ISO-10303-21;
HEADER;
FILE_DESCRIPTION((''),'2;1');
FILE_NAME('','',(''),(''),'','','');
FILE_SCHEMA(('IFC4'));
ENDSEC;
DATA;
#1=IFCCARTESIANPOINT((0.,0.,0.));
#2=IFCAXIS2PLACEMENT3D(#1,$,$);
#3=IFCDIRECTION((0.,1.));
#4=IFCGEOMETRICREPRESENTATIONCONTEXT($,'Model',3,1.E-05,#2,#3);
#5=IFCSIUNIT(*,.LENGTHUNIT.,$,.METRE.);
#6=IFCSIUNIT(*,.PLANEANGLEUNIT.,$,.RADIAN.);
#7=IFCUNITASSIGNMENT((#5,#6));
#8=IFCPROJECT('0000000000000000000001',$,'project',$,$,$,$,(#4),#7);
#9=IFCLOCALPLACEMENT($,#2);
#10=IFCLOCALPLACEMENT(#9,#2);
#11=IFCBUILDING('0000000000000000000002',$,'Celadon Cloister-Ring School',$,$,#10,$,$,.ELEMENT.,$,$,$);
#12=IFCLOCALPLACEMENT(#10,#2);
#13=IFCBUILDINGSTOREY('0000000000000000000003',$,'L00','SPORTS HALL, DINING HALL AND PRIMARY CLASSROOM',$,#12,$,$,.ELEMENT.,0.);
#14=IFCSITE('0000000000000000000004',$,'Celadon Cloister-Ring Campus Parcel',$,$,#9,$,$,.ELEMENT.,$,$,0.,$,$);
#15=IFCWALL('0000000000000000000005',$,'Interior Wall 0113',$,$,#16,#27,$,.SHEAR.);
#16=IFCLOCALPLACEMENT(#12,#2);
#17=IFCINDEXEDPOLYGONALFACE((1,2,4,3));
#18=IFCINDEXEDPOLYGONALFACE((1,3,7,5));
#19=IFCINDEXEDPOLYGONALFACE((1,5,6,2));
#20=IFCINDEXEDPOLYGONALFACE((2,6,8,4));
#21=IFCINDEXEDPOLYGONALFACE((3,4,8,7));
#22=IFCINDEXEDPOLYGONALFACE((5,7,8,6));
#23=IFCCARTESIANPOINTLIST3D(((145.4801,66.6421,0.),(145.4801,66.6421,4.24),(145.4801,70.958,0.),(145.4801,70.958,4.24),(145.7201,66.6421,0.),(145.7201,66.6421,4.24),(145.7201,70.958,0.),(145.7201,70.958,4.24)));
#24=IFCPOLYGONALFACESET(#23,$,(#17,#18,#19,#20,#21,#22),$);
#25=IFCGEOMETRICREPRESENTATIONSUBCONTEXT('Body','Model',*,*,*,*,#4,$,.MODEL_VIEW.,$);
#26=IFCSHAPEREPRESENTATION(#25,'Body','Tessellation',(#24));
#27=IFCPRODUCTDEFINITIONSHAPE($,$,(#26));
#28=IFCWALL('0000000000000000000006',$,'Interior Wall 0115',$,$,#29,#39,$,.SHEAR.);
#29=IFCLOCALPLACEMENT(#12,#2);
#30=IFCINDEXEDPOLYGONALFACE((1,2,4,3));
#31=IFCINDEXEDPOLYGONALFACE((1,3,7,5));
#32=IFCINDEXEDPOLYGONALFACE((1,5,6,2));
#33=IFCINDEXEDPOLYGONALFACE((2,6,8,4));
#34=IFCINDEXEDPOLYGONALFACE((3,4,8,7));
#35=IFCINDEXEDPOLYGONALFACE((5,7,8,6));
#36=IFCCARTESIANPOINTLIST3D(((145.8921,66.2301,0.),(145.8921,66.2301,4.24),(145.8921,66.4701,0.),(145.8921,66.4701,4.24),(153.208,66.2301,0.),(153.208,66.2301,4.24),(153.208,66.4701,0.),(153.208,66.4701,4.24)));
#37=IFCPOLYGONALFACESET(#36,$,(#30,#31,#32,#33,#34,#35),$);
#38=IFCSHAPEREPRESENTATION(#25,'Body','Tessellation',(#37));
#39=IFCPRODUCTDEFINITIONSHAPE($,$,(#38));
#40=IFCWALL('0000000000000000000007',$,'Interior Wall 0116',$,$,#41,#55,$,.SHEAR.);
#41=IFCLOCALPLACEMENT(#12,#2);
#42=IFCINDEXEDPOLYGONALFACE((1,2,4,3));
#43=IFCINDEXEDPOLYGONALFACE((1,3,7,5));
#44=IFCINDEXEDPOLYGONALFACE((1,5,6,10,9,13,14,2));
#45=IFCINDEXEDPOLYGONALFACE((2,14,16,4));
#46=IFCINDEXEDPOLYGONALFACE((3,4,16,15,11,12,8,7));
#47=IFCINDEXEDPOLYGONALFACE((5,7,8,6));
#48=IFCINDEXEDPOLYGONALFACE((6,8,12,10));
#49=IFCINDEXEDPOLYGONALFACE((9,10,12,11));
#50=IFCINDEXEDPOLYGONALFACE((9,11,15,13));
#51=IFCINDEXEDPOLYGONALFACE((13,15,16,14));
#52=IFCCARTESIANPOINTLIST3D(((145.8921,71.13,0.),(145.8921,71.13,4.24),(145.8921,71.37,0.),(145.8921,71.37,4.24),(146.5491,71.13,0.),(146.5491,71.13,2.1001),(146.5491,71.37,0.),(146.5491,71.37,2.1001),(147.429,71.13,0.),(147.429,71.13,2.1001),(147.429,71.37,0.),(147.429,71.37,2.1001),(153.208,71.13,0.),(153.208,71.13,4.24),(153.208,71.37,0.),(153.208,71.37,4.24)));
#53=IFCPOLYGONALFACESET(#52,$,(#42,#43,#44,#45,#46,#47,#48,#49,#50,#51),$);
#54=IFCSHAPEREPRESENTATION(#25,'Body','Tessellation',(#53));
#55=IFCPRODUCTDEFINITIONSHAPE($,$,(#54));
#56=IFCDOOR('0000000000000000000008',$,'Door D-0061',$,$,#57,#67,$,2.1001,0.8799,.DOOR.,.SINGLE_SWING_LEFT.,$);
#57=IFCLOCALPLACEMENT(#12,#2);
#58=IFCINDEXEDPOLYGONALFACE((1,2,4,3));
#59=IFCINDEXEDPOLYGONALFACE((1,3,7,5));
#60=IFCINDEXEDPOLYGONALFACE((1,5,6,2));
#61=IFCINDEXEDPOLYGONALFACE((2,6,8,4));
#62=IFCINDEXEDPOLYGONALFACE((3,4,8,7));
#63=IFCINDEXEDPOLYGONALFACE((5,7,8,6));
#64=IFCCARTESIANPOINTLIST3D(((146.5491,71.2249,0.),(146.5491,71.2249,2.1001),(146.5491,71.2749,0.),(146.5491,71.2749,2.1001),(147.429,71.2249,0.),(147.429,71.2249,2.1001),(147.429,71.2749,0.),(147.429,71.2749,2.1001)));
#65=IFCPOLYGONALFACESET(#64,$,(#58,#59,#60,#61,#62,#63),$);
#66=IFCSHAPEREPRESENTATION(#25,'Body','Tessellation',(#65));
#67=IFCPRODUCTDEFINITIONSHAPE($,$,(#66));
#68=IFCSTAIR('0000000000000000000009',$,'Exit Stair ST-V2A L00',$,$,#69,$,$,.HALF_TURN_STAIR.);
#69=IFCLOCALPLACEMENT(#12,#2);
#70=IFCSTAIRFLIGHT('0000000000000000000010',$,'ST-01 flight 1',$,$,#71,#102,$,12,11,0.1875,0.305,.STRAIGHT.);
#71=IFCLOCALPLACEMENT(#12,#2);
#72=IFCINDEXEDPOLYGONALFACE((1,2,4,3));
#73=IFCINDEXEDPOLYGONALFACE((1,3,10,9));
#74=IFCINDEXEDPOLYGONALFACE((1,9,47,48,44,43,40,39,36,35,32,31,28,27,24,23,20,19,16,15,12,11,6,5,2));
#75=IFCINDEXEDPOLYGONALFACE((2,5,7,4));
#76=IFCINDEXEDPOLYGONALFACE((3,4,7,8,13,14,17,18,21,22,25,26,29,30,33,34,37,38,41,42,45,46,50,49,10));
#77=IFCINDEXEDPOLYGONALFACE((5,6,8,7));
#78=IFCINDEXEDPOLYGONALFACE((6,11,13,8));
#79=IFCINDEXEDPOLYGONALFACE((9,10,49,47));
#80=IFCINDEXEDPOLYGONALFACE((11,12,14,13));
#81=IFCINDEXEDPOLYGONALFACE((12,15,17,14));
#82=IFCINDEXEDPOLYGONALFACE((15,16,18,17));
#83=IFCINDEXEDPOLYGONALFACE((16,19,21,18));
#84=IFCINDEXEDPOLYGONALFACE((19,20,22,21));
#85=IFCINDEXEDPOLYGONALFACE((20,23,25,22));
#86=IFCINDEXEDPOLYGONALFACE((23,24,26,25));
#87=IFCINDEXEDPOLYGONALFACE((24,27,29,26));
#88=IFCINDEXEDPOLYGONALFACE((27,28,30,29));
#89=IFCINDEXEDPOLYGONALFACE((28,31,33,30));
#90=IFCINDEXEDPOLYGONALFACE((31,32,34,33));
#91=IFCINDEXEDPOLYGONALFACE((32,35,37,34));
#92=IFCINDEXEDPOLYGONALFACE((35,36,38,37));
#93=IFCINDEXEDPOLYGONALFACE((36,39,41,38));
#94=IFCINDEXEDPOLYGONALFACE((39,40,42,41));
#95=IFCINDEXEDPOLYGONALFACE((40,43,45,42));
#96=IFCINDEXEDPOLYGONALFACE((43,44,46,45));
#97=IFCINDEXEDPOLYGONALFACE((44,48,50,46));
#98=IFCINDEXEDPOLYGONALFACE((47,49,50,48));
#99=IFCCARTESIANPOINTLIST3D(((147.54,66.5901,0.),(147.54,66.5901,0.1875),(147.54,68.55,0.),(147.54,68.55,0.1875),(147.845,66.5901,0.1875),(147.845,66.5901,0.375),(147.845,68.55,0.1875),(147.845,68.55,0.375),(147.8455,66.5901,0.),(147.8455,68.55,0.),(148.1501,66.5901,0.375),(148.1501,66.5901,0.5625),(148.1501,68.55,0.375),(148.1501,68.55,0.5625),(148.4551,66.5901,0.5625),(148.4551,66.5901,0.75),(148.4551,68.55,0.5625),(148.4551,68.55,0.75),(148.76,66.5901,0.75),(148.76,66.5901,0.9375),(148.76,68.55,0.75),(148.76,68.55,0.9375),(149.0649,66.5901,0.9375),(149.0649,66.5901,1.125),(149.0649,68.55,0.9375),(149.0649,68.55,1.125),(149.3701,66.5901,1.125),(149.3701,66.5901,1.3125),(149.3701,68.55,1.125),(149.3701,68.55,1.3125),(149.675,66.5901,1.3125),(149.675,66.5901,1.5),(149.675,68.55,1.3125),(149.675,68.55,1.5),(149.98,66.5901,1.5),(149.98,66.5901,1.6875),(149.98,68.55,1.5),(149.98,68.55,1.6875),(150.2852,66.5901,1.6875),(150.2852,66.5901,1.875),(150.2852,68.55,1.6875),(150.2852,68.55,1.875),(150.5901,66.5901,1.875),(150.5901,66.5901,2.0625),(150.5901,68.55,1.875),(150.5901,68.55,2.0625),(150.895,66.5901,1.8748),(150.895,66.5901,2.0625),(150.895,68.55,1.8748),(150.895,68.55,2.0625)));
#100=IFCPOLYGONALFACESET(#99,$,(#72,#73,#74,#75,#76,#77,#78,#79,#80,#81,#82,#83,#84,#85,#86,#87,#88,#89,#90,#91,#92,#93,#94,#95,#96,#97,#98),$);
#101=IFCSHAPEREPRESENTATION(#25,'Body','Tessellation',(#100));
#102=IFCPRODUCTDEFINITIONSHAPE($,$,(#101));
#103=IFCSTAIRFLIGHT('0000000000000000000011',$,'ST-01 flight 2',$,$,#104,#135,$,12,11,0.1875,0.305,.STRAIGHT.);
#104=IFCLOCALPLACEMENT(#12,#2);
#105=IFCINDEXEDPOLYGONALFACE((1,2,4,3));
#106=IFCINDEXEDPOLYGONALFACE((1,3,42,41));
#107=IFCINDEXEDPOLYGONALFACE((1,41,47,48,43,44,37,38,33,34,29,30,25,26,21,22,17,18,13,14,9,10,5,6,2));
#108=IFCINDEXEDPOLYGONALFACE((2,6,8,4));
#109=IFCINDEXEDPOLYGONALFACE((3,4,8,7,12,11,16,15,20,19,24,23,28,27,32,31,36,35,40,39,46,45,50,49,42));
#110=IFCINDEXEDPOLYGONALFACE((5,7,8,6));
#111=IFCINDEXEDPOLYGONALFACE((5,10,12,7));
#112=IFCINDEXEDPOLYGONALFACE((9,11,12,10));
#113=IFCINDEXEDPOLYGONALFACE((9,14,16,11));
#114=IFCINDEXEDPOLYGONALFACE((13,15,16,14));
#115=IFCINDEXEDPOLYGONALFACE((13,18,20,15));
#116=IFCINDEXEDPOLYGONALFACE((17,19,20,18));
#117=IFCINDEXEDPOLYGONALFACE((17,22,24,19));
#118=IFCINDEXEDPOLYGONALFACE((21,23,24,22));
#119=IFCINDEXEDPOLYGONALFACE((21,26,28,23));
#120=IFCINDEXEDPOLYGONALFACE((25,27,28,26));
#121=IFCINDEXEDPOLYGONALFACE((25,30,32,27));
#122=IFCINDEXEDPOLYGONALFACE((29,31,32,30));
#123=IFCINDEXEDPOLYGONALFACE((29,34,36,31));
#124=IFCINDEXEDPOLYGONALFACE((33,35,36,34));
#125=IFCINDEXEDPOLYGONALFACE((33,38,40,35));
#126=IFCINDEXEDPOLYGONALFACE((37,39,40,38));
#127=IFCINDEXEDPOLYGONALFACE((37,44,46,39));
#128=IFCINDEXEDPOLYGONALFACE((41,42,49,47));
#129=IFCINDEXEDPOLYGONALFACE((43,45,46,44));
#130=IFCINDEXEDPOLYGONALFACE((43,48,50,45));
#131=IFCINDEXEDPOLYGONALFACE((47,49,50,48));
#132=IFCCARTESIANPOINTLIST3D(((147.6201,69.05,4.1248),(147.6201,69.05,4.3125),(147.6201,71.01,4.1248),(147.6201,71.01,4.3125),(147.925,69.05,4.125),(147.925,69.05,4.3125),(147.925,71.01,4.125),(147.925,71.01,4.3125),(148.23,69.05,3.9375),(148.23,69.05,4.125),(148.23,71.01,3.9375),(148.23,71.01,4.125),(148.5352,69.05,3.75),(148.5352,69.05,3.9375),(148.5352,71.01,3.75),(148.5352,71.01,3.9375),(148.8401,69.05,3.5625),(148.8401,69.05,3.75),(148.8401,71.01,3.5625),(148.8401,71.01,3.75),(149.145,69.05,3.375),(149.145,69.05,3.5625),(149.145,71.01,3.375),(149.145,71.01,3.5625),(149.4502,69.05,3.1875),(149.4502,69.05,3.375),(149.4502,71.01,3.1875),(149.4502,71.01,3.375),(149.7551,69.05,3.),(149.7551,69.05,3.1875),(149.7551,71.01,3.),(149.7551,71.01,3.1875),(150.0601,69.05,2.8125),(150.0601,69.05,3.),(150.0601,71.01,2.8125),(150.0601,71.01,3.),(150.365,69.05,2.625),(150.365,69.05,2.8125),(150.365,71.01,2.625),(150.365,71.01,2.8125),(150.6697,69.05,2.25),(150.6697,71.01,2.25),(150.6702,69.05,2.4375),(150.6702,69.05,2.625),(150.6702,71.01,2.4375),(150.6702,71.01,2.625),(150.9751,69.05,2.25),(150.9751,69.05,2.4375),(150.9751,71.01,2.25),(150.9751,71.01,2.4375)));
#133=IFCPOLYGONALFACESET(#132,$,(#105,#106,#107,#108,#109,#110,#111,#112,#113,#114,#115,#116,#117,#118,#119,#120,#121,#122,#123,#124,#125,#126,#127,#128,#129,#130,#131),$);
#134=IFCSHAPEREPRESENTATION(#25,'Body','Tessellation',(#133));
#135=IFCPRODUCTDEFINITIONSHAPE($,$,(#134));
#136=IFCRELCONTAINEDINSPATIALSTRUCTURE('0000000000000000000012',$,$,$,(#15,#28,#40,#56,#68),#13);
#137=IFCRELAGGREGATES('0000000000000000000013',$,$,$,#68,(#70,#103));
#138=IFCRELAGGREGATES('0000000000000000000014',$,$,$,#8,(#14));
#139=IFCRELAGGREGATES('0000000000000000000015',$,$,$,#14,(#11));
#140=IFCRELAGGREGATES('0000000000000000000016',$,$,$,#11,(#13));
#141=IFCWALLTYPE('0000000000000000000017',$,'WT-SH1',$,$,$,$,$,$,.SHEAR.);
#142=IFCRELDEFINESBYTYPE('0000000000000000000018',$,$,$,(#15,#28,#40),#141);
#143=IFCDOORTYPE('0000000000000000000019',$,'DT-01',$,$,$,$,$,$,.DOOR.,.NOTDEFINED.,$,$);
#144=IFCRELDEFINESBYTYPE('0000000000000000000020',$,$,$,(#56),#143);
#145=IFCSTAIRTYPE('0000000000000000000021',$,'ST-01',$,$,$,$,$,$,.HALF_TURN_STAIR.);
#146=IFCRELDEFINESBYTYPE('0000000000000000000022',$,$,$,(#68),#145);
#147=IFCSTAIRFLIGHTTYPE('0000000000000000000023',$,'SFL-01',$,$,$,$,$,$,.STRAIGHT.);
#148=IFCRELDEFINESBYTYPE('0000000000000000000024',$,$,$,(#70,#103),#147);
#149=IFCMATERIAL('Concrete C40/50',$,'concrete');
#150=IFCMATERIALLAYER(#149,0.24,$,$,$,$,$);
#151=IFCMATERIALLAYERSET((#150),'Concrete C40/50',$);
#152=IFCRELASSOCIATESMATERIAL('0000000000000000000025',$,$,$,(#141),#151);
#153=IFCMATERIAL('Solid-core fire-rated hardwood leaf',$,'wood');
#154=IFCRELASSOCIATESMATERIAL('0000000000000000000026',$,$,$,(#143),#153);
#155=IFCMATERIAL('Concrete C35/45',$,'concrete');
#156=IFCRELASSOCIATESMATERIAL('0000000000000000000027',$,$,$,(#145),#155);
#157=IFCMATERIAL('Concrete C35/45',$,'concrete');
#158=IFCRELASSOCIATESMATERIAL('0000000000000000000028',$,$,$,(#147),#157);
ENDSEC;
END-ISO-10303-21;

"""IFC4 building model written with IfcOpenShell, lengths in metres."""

from ifc_helpers import new_model, si_unit, direction, frame, frame_2d, origin, place, context, subcontext, project, spatial, polyline, rectangle, outline, extrude, material, layer, layer_set, type_object, element, fill, aggregate, save


model = new_model("IFC4")

# Units and contexts
model_context = context("Model", 3, precision=1e-05, world=origin(), true_north=direction((0.0, 1.0)))
body_context = subcontext(model_context, "Body", "Model", "MODEL_VIEW")
ifc_project = project(units=[si_unit("LENGTHUNIT", "METRE"), si_unit("PLANEANGLEUNIT", "RADIAN")], contexts=[model_context])

# Site, building, storey
site_placement = place(None, origin())
site = spatial("IfcSite", under=ifc_project, at=site_placement, Name="Celadon Cloister-Ring Campus Parcel", CompositionType="ELEMENT", RefElevation=0.0)
building_placement = place(site_placement, origin())
building = spatial("IfcBuilding", under=site, at=building_placement, Name="Celadon Cloister-Ring School", CompositionType="ELEMENT")
storey_placement = place(building_placement, origin())
storey = spatial("IfcBuildingStorey", under=building, at=storey_placement, Name="L00", Description="SPORTS HALL, DINING HALL AND PRIMARY CLASSROOM", CompositionType="ELEMENT", Elevation=0.0)

# Walls
ifc_material_1 = material(Name="Concrete C40/50", Category="concrete")
ifc_layer_1 = layer(ifc_material_1, 0.24)
ifc_layer_set_1 = layer_set([ifc_layer_1], Name="Concrete C40/50")
wall_type_1 = type_object("IfcWallType", Name="WT-SH1", PredefinedType="SHEAR", material=ifc_layer_set_1)
wall_1_placement = place(storey_placement, frame((145.6001, 66.6421, 0.0), z_axis=(0.0, 0.0, 1.0), x_axis=(0.0, 1.0, 0.0)))
element("IfcWall", 1, at=wall_1_placement, inside=storey, type_object=wall_type_1, Name="Interior Wall 0113", PredefinedType="SHEAR", context=body_context, shape_type="SweptSolid", body=[
    extrude(rectangle(XDim=4.3159, YDim=0.24, at=frame_2d((2.158, 0.0))), origin(), (0.0, 0.0, 1.0), 4.24),
])
wall_2_placement = place(storey_placement, frame((153.208, 66.3501, 0.0), z_axis=(0.0, 0.0, 1.0), x_axis=(-1.0, 0.0, 0.0)))
element("IfcWall", 2, at=wall_2_placement, inside=storey, type_object=wall_type_1, Name="Interior Wall 0115", PredefinedType="SHEAR", context=body_context, shape_type="SweptSolid", body=[
    extrude(rectangle(XDim=7.3159, YDim=0.24, at=frame_2d((3.658, 0.0))), origin(), (0.0, 0.0, 1.0), 4.24),
])

# Wall, opening, door
wall_3_placement = place(storey_placement, frame((145.8921, 71.25, 0.0), z_axis=(0.0, 0.0, 1.0), x_axis=(1.0, 0.0, 0.0)))
wall_3 = element("IfcWall", 3, at=wall_3_placement, inside=storey, type_object=wall_type_1, Name="Interior Wall 0116", PredefinedType="SHEAR", context=body_context, shape_type="SweptSolid", body=[
    extrude(rectangle(XDim=7.3159, YDim=0.24, at=frame_2d((3.658, 0.0))), origin(), (0.0, 0.0, 1.0), 4.24),
])
opening_1_placement = place(wall_3_placement, frame((0.657, 0.0, 0.0)))
opening_1 = element("IfcOpeningElement", 4, at=opening_1_placement, cuts=wall_3, PredefinedType="OPENING", context=body_context, shape_type="SweptSolid", body=[
    extrude(rectangle(XDim=0.8799, YDim=2.1001, at=frame_2d((0.4399, 1.05))), frame((0.0, 0.1299, 0.0), z_axis=(0.0, -1.0, 0.0), x_axis=(1.0, 0.0, 0.0)), (0.0, 0.0, 1.0), 0.26),
])
ifc_material_2 = material(Name="Solid-core fire-rated hardwood leaf", Category="wood")
door_type_1 = type_object("IfcDoorType", Name="DT-01", OperationType="NOTDEFINED", PredefinedType="DOOR", material=ifc_material_2)
door_1_placement = place(opening_1_placement, origin())
door_1 = element("IfcDoor", 5, at=door_1_placement, inside=storey, type_object=door_type_1, Name="Door D-0061", OperationType="SINGLE_SWING_LEFT", OverallHeight=2.1001, OverallWidth=0.8799, PredefinedType="DOOR", context=body_context, shape_type="SweptSolid", body=[
    extrude(rectangle(XDim=0.8799, YDim=2.1001, at=frame_2d((0.4399, 1.05))), frame((0.0, 0.0249, 0.0), z_axis=(0.0, -1.0, 0.0), x_axis=(1.0, 0.0, 0.0)), (0.0, 0.0, 1.0), 0.05),
])
fill(opening_1, door_1)

# Stair, stair flights
ifc_material_3 = material(Name="Concrete C35/45", Category="concrete")
stair_type = type_object("IfcStairType", Name="ST-01", PredefinedType="HALF_TURN_STAIR", material=ifc_material_3)
stair_placement = place(storey_placement, origin())
stair = element("IfcStair", 6, at=stair_placement, inside=storey, type_object=stair_type, Name="Exit Stair ST-V2A L00", PredefinedType="HALF_TURN_STAIR")
ifc_material_4 = material(Name="Concrete C35/45", Category="concrete")
stair_flight_type = type_object("IfcStairFlightType", Name="SFL-01", PredefinedType="STRAIGHT", material=ifc_material_4)
stair_flight_1_placement = place(storey_placement, frame((147.54, 67.5701, 0.0), z_axis=(0.0, 0.0, 1.0), x_axis=(1.0, 0.0, 0.0)))
stair_flight_1 = element("IfcStairFlight", 7, at=stair_flight_1_placement, type_object=stair_flight_type, Name="ST-01 flight 1", NumberOfRisers=12, NumberOfTreads=11, PredefinedType="STRAIGHT", RiserHeight=0.1875, TreadLength=0.305, context=body_context, shape_type="SweptSolid", body=[
    extrude(outline(polyline([(0.0, 0.0), (0.0, 0.1875), (0.3049, 0.1875), (0.3049, 0.375), (0.6101, 0.375), (0.6101, 0.5625), (0.915, 0.5625), (0.915, 0.75), (1.22, 0.75), (1.22, 0.9375), (1.5249, 0.9375), (1.5249, 1.125), (1.8301, 1.125), (1.8301, 1.3125), (2.135, 1.3125), (2.135, 1.5), (2.4399, 1.5), (2.4399, 1.6875), (2.7451, 1.6875), (2.7451, 1.875), (3.05, 1.875), (3.05, 2.0625), (3.355, 2.0625), (3.355, 2.25), (3.355, 1.8748), (0.3054, 0.0), (0.0, 0.0)])), frame((0.0, 0.98, 0.0), z_axis=(0.0, -1.0, 0.0), x_axis=(1.0, 0.0, 0.0)), (0.0, 0.0, 1.0), 1.96),
])
stair_flight_2_placement = place(storey_placement, frame((150.9751, 70.03, 2.25), z_axis=(0.0, 0.0, 1.0), x_axis=(-1.0, 0.0, 0.0)))
stair_flight_2 = element("IfcStairFlight", 8, at=stair_flight_2_placement, type_object=stair_flight_type, Name="ST-01 flight 2", NumberOfRisers=12, NumberOfTreads=11, PredefinedType="STRAIGHT", RiserHeight=0.1875, TreadLength=0.305, context=body_context, shape_type="SweptSolid", body=[
    extrude(outline(polyline([(0.0, 0.0), (0.0, 0.1875), (0.3049, 0.1875), (0.3049, 0.375), (0.6101, 0.375), (0.6101, 0.5625), (0.915, 0.5625), (0.915, 0.75), (1.22, 0.75), (1.22, 0.9375), (1.5249, 0.9375), (1.5249, 1.125), (1.8301, 1.125), (1.8301, 1.3125), (2.135, 1.3125), (2.135, 1.5), (2.4399, 1.5), (2.4399, 1.6875), (2.7451, 1.6875), (2.7451, 1.875), (3.05, 1.875), (3.05, 2.0625), (3.355, 2.0625), (3.355, 2.25), (3.355, 1.8748), (0.3054, 0.0), (0.0, 0.0)])), frame((0.0, 0.98, 0.0), z_axis=(0.0, -1.0, 0.0), x_axis=(1.0, 0.0, 0.0)), (0.0, 0.0, 1.0), 1.96),
])
aggregate(stair, [stair_flight_1, stair_flight_2])

save(model, "model.ifc")
